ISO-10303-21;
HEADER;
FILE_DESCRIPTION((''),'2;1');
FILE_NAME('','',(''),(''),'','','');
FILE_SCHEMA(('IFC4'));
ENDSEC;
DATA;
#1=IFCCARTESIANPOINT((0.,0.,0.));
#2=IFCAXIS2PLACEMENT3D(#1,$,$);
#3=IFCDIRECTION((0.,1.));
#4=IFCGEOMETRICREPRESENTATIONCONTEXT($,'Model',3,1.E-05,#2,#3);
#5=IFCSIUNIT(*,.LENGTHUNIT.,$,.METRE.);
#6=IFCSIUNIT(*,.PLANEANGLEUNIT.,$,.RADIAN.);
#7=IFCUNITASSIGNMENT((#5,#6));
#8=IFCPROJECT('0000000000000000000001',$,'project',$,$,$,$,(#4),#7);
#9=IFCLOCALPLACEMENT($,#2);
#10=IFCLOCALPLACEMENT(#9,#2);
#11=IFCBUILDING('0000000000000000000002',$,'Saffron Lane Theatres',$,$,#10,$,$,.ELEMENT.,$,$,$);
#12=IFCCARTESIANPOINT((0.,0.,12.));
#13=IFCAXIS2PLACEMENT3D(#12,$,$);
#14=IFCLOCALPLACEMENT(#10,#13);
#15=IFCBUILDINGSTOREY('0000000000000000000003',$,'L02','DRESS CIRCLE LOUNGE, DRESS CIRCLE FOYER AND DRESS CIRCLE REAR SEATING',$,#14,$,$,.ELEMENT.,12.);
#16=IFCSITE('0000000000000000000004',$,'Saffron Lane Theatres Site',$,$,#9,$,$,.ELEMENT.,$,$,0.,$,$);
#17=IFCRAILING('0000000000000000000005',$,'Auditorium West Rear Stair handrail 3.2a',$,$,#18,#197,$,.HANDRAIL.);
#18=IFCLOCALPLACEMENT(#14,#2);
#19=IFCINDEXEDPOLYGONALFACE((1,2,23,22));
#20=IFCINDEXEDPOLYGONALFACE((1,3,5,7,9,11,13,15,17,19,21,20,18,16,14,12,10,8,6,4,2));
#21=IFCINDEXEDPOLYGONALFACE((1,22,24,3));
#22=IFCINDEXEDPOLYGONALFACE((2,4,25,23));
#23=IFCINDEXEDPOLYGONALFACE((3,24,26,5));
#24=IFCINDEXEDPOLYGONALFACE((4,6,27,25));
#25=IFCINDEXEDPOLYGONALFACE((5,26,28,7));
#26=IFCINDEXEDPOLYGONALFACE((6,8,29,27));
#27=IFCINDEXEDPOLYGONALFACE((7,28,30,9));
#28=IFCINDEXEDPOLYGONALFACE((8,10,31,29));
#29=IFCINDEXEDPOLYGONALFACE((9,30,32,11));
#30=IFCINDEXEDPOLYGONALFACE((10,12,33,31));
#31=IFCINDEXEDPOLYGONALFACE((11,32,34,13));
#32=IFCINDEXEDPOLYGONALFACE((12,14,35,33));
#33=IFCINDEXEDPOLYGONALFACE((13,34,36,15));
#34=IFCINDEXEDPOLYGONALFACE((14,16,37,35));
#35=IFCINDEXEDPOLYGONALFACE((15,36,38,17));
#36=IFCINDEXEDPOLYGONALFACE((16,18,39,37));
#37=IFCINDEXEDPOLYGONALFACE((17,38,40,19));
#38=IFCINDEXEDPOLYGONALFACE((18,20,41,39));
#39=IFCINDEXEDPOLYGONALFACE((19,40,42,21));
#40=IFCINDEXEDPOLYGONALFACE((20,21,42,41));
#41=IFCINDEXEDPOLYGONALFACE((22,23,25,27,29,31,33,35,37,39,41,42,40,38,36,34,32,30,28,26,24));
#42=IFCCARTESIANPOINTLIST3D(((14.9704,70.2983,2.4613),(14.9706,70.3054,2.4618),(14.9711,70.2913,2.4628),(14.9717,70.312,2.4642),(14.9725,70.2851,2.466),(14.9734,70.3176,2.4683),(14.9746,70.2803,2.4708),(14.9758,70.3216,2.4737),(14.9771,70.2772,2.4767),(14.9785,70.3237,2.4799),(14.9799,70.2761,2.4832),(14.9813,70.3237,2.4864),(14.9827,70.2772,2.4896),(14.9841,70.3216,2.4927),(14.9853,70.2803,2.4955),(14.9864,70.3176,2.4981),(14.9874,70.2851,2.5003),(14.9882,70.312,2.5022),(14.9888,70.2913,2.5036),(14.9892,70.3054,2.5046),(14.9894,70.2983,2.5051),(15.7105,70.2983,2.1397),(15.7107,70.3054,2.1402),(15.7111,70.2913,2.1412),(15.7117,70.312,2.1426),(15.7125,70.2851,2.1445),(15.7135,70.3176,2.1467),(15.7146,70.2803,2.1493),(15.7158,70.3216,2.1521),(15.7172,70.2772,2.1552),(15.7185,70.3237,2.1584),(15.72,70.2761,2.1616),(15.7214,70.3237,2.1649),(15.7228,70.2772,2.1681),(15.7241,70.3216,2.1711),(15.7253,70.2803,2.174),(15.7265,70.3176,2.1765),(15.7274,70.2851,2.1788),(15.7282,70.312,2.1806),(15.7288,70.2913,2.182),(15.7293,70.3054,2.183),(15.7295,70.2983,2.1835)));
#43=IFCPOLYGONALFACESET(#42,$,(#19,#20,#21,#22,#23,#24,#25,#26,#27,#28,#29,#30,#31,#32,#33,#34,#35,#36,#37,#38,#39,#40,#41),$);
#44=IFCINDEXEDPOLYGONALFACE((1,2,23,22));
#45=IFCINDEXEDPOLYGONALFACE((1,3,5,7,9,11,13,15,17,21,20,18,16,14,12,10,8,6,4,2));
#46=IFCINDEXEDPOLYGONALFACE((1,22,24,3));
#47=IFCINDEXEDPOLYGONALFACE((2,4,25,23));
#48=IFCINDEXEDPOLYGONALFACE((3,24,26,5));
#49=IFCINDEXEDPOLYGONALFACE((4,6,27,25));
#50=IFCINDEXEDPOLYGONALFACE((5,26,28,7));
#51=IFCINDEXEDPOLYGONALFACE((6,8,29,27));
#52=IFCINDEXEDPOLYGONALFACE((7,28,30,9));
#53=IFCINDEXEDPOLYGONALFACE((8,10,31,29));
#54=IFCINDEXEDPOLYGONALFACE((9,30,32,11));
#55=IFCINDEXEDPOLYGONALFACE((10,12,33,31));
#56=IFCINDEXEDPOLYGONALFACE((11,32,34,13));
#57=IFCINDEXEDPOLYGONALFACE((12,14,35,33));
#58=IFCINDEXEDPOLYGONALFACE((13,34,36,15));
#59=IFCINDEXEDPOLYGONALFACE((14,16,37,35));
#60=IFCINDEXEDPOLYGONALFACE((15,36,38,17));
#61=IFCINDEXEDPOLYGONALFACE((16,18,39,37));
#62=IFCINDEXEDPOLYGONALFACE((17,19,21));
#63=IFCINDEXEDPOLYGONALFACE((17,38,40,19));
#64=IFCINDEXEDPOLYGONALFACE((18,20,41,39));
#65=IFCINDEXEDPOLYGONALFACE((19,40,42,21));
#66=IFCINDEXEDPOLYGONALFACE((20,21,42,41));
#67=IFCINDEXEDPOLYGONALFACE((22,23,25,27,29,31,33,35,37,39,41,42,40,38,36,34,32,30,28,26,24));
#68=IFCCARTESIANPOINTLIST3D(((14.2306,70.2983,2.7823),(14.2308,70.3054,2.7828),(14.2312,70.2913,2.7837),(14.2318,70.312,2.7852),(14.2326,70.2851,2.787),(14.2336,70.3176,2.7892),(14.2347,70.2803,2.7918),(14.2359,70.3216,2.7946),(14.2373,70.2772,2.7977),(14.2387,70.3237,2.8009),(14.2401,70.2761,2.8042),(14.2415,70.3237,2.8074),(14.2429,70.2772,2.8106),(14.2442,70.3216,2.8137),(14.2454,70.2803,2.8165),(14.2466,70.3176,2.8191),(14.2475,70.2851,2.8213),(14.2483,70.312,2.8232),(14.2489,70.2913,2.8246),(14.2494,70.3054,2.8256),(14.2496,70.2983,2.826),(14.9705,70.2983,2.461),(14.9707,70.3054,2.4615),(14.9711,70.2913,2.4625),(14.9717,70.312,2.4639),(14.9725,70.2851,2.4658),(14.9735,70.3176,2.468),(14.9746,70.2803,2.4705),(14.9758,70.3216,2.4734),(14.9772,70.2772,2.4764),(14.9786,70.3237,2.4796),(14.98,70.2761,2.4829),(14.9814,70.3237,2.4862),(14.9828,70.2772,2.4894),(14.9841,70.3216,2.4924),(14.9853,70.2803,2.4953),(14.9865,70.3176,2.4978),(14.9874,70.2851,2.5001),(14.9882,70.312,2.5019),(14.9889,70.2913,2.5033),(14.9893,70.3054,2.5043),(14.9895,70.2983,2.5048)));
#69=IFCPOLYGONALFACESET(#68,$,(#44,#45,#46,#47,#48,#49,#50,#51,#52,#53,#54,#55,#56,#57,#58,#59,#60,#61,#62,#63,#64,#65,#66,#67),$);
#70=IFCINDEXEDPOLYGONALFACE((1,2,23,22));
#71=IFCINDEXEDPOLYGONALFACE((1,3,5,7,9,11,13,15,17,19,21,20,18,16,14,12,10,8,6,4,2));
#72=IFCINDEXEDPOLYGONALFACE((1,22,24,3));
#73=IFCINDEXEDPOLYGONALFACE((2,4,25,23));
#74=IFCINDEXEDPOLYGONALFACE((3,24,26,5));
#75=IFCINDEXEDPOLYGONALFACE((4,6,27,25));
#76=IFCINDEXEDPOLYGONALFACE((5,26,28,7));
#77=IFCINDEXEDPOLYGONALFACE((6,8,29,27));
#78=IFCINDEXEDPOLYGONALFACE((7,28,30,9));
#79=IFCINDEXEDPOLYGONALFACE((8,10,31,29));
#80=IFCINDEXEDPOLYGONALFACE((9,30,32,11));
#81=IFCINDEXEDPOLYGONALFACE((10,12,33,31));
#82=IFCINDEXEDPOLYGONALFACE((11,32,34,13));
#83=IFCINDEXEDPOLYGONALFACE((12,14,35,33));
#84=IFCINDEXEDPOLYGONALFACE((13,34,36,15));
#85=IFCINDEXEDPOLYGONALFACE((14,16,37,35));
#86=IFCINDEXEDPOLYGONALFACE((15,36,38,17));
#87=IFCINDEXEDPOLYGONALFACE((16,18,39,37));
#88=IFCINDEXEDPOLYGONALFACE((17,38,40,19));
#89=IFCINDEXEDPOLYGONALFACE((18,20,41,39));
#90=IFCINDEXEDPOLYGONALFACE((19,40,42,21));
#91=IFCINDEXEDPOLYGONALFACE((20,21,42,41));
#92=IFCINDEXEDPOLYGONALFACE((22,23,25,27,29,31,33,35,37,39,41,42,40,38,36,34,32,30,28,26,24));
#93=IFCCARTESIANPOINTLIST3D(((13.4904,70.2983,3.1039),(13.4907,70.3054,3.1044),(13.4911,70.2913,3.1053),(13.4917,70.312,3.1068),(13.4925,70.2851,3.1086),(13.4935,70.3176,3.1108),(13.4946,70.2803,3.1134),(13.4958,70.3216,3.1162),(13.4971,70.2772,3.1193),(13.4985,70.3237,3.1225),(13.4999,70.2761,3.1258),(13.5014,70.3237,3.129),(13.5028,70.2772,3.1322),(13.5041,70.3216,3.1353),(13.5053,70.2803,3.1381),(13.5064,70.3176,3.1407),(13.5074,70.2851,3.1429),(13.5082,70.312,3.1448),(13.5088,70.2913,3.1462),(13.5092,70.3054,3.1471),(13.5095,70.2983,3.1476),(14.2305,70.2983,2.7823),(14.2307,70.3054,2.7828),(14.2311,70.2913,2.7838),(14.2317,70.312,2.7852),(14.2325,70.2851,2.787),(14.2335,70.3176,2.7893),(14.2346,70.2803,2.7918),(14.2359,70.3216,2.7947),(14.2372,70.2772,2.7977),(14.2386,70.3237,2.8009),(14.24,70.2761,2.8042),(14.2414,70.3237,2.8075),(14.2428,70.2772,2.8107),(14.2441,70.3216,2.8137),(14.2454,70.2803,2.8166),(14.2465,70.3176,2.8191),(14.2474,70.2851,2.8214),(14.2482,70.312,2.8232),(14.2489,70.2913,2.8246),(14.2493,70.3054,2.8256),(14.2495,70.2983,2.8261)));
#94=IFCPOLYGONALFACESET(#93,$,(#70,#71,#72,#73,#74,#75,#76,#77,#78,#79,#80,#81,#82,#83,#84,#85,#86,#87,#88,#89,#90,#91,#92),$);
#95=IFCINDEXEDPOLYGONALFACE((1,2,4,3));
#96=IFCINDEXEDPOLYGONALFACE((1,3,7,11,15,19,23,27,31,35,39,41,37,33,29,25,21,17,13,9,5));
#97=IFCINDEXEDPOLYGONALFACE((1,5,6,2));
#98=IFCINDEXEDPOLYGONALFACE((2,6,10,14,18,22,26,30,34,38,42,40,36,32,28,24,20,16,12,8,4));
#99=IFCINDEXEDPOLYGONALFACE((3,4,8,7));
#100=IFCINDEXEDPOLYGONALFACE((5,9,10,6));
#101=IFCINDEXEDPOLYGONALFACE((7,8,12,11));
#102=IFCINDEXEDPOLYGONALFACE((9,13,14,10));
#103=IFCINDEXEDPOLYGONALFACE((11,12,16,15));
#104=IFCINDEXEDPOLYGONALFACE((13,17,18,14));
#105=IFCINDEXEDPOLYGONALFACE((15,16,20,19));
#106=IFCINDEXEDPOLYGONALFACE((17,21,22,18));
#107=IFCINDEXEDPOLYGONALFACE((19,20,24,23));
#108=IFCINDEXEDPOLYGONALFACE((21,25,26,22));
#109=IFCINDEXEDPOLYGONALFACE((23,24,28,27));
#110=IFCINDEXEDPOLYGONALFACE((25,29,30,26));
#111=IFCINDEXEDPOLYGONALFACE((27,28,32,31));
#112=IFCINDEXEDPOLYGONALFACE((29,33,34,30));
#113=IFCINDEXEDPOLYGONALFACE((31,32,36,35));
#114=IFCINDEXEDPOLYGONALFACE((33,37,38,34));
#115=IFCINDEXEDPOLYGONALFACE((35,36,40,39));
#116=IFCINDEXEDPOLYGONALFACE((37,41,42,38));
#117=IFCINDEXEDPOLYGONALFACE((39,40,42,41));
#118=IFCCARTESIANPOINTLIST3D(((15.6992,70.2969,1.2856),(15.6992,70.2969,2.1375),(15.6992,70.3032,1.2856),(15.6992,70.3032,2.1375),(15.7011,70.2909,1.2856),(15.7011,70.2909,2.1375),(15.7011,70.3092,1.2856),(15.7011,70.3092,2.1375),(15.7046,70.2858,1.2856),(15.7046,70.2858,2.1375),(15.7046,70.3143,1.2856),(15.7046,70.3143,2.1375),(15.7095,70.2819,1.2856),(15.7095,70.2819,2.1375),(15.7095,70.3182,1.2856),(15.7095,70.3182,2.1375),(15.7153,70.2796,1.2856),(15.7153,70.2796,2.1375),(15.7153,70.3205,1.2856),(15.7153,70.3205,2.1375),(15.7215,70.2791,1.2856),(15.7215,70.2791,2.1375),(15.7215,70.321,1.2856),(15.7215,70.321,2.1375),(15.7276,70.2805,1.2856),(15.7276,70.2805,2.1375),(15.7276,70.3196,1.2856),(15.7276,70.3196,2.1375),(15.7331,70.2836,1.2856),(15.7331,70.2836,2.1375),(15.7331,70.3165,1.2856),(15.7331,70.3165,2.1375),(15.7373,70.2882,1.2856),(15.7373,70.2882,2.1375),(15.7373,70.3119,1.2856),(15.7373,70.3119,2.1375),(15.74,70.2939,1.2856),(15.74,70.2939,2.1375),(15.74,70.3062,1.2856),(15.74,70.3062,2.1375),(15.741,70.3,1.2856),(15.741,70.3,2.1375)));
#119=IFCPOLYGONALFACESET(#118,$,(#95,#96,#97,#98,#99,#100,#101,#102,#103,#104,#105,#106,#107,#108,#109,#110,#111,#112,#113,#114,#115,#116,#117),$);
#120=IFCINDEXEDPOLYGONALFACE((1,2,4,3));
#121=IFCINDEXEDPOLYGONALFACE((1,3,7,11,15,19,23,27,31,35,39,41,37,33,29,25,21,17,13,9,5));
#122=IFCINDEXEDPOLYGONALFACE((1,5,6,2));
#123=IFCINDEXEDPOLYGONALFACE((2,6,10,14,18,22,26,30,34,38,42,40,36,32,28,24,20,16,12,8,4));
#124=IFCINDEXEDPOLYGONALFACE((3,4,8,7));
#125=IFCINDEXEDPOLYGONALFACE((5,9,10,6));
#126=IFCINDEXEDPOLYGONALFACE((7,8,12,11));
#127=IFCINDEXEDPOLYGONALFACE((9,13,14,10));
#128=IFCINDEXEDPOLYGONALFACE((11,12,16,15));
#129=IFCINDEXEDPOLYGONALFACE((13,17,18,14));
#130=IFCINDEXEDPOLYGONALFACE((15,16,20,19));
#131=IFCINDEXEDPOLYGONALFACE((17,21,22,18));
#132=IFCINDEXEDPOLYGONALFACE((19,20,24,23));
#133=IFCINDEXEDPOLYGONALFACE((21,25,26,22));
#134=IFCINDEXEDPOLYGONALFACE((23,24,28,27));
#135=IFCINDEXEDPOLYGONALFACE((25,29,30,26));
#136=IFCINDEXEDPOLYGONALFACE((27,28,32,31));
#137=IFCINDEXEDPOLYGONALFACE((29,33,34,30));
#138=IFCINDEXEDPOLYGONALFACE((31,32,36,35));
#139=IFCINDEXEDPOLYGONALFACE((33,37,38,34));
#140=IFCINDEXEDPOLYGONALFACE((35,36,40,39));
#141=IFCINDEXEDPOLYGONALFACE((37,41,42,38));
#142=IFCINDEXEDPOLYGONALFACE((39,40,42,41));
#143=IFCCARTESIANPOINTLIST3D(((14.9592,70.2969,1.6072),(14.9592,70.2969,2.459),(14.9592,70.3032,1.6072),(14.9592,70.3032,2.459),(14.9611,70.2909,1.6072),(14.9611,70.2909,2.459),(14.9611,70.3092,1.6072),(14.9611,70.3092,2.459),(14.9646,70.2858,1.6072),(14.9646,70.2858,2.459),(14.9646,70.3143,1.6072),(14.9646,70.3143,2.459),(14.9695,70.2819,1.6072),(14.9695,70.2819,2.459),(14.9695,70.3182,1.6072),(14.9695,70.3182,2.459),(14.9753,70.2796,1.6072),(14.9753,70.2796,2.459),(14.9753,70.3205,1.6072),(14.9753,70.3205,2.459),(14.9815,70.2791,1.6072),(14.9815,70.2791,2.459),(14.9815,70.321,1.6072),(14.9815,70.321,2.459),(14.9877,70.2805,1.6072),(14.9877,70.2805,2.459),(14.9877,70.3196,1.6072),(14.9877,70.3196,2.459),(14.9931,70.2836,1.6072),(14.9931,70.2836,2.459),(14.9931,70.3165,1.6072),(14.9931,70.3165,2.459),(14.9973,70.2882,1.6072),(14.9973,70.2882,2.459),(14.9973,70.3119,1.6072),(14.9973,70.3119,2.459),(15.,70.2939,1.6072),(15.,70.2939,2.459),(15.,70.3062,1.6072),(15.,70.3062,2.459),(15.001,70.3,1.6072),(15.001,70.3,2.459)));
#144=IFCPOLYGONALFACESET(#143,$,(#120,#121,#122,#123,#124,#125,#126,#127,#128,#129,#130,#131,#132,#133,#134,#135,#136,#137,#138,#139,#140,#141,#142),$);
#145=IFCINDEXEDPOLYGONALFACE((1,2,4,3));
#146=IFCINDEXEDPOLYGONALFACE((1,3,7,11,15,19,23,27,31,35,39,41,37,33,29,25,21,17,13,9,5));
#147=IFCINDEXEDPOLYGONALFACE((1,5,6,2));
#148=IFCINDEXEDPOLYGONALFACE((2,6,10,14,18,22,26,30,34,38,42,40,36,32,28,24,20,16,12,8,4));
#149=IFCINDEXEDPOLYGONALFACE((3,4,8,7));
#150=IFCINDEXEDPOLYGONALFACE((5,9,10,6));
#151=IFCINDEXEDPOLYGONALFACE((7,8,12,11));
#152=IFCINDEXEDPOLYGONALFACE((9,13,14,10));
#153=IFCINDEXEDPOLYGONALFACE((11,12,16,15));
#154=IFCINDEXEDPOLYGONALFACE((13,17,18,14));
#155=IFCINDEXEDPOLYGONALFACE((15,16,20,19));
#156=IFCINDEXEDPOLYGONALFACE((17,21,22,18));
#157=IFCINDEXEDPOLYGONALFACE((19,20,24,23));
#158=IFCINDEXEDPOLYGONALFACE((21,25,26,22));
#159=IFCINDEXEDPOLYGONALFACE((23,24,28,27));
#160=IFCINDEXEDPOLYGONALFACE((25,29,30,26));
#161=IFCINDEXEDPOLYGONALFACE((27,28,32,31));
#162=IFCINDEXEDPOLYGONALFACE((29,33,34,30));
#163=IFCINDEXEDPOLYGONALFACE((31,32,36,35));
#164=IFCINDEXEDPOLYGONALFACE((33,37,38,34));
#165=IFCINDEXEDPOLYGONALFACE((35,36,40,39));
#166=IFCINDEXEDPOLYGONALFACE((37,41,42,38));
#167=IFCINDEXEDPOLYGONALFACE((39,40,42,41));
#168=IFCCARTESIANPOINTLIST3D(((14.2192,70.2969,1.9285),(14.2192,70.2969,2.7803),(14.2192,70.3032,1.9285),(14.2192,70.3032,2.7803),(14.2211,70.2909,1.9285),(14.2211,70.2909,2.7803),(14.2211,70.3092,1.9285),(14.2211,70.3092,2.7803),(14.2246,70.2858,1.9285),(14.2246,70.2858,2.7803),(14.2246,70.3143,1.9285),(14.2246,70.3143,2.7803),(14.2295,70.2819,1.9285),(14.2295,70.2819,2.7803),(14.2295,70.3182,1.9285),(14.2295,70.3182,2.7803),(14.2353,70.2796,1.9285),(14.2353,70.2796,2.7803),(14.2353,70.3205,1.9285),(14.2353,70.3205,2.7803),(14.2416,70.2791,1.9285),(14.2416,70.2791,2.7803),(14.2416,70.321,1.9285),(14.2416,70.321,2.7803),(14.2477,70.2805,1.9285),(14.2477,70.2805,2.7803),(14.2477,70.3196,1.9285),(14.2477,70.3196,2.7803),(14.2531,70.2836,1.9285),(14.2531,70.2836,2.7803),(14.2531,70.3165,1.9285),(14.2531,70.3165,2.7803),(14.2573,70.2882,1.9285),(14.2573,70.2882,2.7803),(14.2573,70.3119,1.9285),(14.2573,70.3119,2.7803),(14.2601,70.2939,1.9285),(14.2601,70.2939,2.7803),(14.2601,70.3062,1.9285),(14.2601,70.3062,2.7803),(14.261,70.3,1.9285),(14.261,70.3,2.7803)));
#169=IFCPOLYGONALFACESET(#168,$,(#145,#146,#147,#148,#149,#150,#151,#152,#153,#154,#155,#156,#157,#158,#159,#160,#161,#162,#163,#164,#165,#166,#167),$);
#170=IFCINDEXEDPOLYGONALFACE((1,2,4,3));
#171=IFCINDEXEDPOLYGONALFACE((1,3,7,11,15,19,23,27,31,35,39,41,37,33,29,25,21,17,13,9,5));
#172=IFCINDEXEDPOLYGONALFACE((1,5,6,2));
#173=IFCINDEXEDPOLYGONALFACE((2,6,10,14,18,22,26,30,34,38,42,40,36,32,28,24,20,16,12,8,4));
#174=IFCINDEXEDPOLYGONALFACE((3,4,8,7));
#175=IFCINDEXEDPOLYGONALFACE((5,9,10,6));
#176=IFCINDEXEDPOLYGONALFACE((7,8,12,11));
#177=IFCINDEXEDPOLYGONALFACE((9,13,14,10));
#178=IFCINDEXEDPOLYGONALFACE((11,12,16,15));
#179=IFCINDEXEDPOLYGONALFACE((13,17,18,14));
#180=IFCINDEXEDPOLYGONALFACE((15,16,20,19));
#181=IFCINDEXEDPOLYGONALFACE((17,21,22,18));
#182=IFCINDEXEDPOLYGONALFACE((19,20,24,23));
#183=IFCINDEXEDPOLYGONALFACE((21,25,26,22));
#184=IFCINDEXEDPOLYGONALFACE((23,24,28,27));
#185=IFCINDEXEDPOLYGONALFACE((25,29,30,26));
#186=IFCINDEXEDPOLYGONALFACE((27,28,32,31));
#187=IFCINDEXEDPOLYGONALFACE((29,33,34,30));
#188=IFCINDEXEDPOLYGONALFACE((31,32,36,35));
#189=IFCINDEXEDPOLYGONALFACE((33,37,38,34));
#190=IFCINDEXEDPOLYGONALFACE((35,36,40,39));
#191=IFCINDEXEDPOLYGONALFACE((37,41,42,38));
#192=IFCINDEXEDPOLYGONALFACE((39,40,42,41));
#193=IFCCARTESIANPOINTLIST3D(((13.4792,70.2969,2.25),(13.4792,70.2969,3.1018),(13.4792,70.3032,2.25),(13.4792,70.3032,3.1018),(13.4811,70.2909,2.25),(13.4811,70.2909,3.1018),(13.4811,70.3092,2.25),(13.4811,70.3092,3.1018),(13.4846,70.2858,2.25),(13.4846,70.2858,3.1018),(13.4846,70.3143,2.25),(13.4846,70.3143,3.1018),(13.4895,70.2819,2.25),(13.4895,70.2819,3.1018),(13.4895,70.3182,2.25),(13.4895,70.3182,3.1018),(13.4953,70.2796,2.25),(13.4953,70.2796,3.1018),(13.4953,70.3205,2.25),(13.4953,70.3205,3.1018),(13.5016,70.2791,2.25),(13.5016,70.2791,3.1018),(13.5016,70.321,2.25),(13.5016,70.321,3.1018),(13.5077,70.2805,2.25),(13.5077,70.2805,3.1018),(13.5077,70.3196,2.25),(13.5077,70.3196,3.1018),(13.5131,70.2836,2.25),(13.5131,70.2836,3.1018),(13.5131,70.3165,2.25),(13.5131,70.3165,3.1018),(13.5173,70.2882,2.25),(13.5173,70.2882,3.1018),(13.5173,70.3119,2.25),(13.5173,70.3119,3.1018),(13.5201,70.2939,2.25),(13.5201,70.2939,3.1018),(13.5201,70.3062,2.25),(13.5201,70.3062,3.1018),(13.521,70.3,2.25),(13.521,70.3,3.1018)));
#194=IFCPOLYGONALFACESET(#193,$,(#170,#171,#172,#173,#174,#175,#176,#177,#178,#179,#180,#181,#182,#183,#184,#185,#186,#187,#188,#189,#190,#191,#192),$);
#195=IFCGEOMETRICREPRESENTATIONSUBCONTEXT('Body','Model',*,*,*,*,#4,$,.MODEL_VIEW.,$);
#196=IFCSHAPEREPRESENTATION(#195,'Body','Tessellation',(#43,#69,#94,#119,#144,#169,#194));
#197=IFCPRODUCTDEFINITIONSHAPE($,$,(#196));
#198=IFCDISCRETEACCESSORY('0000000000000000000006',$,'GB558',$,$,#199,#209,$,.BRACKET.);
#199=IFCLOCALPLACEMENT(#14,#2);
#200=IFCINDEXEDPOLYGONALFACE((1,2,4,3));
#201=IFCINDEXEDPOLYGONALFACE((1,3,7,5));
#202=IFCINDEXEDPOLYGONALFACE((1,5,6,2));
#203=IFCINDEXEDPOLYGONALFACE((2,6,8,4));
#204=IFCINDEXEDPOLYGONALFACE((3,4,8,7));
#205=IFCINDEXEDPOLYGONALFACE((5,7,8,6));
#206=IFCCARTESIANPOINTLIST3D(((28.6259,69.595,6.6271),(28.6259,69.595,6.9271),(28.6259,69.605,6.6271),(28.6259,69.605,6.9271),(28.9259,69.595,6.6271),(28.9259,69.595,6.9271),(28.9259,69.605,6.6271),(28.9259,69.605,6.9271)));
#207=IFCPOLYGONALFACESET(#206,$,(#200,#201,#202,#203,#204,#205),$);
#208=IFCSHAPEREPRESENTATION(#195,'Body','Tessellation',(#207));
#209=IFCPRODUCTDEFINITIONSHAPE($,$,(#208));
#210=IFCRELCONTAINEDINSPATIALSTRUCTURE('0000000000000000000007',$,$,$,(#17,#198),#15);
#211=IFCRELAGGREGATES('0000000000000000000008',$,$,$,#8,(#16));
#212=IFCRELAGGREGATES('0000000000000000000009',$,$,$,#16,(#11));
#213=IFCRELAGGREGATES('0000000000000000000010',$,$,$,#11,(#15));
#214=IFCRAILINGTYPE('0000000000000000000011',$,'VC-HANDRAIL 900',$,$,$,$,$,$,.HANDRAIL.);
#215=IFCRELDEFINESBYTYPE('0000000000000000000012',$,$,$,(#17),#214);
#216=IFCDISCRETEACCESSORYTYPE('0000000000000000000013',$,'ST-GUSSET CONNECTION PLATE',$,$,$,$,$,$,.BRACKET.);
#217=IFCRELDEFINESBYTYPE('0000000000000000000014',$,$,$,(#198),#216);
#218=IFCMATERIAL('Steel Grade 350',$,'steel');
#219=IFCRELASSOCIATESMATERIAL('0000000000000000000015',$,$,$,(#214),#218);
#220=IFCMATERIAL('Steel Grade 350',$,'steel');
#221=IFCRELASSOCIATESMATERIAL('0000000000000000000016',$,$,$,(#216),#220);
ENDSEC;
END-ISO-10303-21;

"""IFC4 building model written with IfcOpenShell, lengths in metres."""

from ifc_helpers import new_model, si_unit, direction, frame, origin, origin_2d, place, context, subcontext, project, spatial, rectangle, circle, extrude, material, material_profile, profile_set, type_object, element, save


model = new_model("IFC4")

# Units and contexts
model_context = context("Model", 3, precision=1e-05, world=origin(), true_north=direction((0.0, 1.0)))
body_context = subcontext(model_context, "Body", "Model", "MODEL_VIEW")
ifc_project = project(units=[si_unit("LENGTHUNIT", "METRE"), si_unit("PLANEANGLEUNIT", "RADIAN")], contexts=[model_context])

# Site, building, storey
site_placement = place(None, origin())
site = spatial("IfcSite", under=ifc_project, at=site_placement, Name="Saffron Lane Theatres Site", CompositionType="ELEMENT", RefElevation=0.0)
building_placement = place(site_placement, origin())
building = spatial("IfcBuilding", under=site, at=building_placement, Name="Saffron Lane Theatres", CompositionType="ELEMENT")
storey_placement = place(building_placement, frame((0.0, 0.0, 12.0)))
storey = spatial("IfcBuildingStorey", under=building, at=storey_placement, Name="L02", Description="DRESS CIRCLE LOUNGE, DRESS CIRCLE FOYER AND DRESS CIRCLE REAR SEATING", CompositionType="ELEMENT", Elevation=12.0)

# Railing
ifc_material_1 = material(Name="Steel Grade 350", Category="steel")
railing_type_1 = type_object("IfcRailingType", Name="VC-HANDRAIL 900", PredefinedType="HANDRAIL", material=ifc_material_1)
railing_1_placement = place(storey_placement, frame((15.72, 70.3, 1.2856)))
element("IfcRailing", 1, at=railing_1_placement, inside=storey, type_object=railing_type_1, Name="Auditorium West Rear Stair handrail 3.2a", PredefinedType="HANDRAIL", context=body_context, shape_type="SweptSolid", body=[
    extrude(circle(Radius=0.0239, at=origin_2d()), frame((0.0, 0.0, 0.876), z_axis=(-0.917161, 0.0, 0.398516), x_axis=(0.0, -1.0, 0.0)), (0.0, 0.0, 1.0), 0.8069),
    extrude(circle(Radius=0.0239, at=origin_2d()), frame((-0.74, 0.0, 1.1973), z_axis=(-0.917272, 0.0, 0.398261), x_axis=(0.0, -1.0, 0.0)), (0.0, 0.0, 1.0), 0.8066),
    extrude(circle(Radius=0.0239, at=origin_2d()), frame((-1.48, 0.0, 1.5186), z_axis=(-0.917161, 0.0, 0.398516), x_axis=(0.0, -1.0, 0.0)), (0.0, 0.0, 1.0), 0.8069),
    extrude(circle(Radius=0.021, at=origin_2d()), origin(), (0.0, 0.0, 1.0), 0.8518),
    extrude(circle(Radius=0.021, at=origin_2d()), frame((-0.74, 0.0, 0.3215)), (0.0, 0.0, 1.0), 0.8518),
    extrude(circle(Radius=0.021, at=origin_2d()), frame((-1.48, 0.0, 0.6428)), (0.0, 0.0, 1.0), 0.8518),
    extrude(circle(Radius=0.021, at=origin_2d()), frame((-2.22, 0.0, 0.9644)), (0.0, 0.0, 1.0), 0.8518),
])

# Discrete accessory
ifc_material_2 = material(Name="Steel Grade 350", Category="steel")
ifc_material_profile_1 = material_profile(ifc_material_2, rectangle(XDim=0.3, YDim=0.3, at=origin_2d()))
ifc_profile_set_1 = profile_set([ifc_material_profile_1], Name="Steel Grade 350")
discrete_accessory_type = type_object("IfcDiscreteAccessoryType", Name="ST-GUSSET CONNECTION PLATE", PredefinedType="BRACKET", material=ifc_profile_set_1)
for number, where, z_axis, x_axis, name in (
    (2, (28.7759, 69.595, 6.7771), (0.0, 1.0, 0.0), (-1.0, 0.0, 0.0), "GB558"),
):
    element("IfcDiscreteAccessory", number, at=place(storey_placement, frame(where, z_axis=z_axis, x_axis=x_axis)), inside=storey, type_object=discrete_accessory_type, Name=name, PredefinedType="BRACKET", context=body_context, shape_type="SweptSolid", body=[
        extrude(rectangle(XDim=0.3, YDim=0.3, at=origin_2d()), origin(), (0.0, 0.0, 1.0), 0.01),
    ])

save(model, "model.ifc")
